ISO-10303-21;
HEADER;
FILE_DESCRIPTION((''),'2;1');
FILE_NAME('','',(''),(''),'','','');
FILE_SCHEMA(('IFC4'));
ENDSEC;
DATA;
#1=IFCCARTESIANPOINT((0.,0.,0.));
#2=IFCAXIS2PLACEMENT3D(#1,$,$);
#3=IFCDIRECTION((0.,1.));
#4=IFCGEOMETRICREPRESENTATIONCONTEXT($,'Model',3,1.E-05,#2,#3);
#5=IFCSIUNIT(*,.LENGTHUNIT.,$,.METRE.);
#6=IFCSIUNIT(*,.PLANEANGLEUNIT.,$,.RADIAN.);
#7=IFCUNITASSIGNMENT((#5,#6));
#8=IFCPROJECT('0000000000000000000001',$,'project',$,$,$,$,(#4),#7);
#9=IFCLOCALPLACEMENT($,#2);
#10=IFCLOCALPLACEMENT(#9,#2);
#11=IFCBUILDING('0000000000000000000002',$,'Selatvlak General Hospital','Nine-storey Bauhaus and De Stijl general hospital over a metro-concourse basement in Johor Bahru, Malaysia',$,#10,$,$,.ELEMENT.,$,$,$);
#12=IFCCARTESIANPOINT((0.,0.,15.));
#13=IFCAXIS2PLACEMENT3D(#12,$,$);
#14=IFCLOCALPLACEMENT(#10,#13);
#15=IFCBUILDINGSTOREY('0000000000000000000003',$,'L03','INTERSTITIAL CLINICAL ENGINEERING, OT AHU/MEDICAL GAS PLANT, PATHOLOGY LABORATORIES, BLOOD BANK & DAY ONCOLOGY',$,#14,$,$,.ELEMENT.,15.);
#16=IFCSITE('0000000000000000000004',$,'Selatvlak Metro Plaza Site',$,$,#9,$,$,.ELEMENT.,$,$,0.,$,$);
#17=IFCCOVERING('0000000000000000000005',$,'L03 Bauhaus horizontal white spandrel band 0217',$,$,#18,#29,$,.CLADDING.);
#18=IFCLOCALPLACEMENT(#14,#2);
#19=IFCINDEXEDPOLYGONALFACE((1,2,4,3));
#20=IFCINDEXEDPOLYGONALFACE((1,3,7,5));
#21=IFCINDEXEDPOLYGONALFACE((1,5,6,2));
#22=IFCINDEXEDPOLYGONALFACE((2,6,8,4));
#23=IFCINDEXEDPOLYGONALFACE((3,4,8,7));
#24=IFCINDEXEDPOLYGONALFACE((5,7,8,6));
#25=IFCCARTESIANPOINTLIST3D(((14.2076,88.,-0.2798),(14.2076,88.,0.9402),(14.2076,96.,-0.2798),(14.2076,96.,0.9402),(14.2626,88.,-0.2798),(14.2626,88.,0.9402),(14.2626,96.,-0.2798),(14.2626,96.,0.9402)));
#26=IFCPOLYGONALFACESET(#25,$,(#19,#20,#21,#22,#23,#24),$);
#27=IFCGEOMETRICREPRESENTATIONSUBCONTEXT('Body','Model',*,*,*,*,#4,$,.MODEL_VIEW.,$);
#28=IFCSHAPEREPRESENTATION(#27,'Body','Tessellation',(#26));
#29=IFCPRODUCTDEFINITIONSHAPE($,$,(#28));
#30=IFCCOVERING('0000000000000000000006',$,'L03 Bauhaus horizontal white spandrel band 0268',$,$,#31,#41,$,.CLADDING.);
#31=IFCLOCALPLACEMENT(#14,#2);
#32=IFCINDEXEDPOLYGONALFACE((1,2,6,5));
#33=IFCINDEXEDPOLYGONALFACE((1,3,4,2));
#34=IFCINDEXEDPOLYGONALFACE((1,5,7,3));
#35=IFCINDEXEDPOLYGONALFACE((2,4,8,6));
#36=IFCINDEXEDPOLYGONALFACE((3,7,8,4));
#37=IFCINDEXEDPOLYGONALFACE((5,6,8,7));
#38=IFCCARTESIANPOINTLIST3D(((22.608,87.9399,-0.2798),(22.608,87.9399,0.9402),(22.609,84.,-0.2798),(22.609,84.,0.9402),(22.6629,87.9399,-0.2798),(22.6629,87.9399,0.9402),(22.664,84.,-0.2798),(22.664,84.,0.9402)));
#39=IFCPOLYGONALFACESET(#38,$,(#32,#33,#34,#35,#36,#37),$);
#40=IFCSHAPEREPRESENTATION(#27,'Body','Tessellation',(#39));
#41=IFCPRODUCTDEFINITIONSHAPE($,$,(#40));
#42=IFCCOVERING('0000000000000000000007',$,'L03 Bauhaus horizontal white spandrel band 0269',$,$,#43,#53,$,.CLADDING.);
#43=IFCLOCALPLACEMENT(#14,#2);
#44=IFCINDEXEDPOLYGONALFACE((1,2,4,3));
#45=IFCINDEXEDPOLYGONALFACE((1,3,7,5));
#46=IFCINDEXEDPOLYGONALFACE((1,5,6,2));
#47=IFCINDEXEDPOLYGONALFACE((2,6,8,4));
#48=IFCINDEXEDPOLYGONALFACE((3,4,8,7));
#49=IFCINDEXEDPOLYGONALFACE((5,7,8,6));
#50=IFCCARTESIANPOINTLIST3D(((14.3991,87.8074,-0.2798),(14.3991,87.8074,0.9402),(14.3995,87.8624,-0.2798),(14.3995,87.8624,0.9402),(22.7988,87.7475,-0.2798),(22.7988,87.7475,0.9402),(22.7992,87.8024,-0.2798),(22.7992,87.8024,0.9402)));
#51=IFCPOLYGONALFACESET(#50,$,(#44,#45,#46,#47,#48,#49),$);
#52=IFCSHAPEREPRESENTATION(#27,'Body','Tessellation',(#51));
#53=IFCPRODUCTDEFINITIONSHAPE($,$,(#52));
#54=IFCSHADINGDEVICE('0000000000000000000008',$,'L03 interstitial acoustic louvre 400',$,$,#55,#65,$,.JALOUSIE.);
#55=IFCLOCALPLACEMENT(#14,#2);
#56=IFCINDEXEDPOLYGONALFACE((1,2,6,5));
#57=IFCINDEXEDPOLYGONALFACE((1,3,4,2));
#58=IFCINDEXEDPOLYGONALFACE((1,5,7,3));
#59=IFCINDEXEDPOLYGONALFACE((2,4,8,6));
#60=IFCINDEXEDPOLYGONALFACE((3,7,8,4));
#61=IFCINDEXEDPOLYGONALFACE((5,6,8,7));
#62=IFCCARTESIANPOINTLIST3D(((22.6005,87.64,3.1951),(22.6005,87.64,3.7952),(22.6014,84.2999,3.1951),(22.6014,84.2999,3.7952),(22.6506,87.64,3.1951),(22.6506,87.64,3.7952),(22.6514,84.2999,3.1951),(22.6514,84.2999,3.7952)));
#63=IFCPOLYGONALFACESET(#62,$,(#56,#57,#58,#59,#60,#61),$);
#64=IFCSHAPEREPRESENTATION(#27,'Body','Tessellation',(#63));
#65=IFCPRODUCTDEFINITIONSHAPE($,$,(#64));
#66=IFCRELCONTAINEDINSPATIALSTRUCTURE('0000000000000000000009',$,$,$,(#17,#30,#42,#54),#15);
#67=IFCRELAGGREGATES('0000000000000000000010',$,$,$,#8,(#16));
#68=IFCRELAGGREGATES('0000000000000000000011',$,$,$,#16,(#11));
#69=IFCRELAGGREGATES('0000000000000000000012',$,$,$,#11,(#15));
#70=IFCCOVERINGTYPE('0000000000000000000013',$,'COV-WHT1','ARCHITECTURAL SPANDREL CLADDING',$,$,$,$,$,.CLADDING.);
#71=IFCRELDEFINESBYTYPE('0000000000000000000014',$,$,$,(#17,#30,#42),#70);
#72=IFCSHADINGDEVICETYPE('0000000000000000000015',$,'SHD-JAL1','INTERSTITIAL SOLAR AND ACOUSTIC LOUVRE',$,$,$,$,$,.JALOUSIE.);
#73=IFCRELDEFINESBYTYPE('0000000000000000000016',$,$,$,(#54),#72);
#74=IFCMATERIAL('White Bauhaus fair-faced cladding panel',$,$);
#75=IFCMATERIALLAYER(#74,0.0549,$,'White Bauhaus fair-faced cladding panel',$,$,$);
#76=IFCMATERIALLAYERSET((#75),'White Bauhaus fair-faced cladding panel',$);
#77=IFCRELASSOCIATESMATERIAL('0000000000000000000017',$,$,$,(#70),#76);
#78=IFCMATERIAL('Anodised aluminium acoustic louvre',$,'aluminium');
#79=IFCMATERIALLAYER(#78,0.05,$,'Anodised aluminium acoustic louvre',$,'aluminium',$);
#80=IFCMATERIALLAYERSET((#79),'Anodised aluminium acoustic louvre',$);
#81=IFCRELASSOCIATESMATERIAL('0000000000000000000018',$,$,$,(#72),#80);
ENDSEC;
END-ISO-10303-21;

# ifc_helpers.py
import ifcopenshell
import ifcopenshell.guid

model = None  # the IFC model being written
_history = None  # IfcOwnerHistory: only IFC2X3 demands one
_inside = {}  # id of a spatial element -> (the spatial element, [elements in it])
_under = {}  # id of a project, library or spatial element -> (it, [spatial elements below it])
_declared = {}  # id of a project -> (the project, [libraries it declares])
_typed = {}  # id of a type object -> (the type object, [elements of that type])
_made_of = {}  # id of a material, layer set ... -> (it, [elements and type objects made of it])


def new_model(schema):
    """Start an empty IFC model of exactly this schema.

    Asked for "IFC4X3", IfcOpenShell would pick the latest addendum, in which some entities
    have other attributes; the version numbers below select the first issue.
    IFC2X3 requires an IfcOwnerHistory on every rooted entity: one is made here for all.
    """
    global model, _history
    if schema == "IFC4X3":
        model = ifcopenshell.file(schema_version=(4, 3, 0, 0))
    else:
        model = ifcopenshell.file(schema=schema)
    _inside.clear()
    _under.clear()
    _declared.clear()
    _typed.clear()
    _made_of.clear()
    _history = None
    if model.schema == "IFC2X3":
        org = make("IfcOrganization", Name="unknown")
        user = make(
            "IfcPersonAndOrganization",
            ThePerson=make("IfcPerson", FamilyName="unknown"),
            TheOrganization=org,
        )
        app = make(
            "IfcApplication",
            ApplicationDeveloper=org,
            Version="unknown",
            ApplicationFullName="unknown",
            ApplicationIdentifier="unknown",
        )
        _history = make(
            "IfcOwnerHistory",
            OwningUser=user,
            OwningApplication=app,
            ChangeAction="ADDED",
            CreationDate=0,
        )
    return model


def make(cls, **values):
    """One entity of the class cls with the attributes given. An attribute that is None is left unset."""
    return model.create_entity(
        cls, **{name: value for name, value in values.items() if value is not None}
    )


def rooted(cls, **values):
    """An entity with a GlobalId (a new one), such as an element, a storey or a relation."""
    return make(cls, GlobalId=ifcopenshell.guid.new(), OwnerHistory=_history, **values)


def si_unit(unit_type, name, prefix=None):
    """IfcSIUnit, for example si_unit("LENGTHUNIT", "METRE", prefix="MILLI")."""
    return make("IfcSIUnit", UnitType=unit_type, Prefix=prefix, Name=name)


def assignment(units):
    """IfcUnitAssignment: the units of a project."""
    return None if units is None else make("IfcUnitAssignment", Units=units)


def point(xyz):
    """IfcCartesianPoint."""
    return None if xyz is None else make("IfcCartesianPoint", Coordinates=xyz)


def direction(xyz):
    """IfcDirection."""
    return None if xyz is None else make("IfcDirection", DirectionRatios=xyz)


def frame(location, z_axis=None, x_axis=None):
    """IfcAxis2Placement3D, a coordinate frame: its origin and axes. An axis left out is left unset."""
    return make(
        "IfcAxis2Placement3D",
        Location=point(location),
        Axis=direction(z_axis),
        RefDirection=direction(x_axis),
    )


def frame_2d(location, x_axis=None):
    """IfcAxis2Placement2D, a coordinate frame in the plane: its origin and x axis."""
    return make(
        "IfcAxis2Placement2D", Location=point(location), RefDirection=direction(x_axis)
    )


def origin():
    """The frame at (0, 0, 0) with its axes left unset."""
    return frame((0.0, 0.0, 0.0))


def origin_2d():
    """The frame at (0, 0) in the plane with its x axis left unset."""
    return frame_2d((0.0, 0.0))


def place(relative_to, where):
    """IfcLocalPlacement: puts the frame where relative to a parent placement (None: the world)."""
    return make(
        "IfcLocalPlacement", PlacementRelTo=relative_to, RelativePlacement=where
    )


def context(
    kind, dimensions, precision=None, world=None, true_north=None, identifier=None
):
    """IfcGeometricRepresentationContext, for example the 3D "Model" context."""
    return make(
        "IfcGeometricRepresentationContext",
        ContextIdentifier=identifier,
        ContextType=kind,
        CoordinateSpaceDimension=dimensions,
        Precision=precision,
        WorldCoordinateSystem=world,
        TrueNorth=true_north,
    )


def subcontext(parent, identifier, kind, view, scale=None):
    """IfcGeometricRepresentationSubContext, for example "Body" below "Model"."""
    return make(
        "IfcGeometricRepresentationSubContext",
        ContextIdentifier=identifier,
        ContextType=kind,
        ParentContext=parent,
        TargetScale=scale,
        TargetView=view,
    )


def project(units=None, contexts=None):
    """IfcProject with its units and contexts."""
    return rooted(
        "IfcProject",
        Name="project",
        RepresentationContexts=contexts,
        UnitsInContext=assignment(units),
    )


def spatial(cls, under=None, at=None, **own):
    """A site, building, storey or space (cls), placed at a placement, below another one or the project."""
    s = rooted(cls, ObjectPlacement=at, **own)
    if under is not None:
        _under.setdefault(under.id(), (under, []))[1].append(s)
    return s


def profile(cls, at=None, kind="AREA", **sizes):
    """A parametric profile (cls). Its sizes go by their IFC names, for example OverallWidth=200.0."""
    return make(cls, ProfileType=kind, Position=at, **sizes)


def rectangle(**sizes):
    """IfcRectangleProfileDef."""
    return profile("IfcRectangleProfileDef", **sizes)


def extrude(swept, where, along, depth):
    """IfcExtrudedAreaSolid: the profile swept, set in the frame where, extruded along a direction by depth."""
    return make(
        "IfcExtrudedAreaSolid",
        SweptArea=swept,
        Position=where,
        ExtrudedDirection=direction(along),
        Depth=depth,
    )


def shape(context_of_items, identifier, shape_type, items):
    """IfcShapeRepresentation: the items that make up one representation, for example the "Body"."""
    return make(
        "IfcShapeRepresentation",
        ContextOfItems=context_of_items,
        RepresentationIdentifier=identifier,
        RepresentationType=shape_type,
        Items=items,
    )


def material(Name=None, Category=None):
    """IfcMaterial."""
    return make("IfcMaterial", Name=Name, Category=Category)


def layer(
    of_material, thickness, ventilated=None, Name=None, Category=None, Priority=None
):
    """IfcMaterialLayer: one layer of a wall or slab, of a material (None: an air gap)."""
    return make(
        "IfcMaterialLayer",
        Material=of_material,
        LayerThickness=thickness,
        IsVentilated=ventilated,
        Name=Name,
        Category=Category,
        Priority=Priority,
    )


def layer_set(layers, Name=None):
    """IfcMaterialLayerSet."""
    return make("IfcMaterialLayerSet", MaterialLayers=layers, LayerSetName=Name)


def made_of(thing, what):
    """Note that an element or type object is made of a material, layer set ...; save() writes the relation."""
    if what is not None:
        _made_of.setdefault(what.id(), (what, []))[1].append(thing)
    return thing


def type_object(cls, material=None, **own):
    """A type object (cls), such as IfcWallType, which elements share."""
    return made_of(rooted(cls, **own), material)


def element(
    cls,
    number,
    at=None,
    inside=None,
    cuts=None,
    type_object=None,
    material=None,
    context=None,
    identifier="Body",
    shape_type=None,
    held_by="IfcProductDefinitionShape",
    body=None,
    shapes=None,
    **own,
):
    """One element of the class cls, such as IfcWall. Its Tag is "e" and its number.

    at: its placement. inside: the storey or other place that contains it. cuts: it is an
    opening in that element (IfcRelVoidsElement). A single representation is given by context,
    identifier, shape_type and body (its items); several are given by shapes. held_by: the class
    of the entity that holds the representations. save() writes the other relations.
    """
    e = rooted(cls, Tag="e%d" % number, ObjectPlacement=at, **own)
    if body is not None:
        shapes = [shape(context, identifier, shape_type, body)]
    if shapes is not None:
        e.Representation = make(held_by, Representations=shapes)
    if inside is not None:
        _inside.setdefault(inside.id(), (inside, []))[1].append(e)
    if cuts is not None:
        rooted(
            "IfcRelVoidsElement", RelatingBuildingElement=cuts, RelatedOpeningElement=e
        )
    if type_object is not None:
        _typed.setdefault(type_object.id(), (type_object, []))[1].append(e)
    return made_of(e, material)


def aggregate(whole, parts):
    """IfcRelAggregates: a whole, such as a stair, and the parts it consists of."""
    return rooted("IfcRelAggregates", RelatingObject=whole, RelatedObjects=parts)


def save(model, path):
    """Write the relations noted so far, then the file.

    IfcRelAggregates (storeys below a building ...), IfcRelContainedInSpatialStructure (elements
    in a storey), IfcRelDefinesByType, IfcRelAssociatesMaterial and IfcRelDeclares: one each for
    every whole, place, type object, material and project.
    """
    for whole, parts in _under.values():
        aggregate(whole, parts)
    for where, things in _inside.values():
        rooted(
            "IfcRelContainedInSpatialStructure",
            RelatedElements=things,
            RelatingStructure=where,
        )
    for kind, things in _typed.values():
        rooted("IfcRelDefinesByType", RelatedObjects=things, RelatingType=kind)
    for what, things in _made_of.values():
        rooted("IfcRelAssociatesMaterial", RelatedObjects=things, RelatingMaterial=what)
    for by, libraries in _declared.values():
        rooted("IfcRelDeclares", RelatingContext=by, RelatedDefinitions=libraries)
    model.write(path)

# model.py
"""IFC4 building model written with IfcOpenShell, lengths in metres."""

from ifc_helpers import new_model, si_unit, direction, frame, origin, origin_2d, place, context, subcontext, project, spatial, rectangle, extrude, material, layer, layer_set, type_object, element, save


model = new_model("IFC4")

# Units and contexts
model_context = context("Model", 3, precision=1e-05, world=origin(), true_north=direction((0.0, 1.0)))
body_context = subcontext(model_context, "Body", "Model", "MODEL_VIEW")
ifc_project = project(units=[si_unit("LENGTHUNIT", "METRE"), si_unit("PLANEANGLEUNIT", "RADIAN")], contexts=[model_context])

# Site, building, storey
site_placement = place(None, origin())
site = spatial("IfcSite", under=ifc_project, at=site_placement, Name="Selatvlak Metro Plaza Site", CompositionType="ELEMENT", RefElevation=0.0)
building_placement = place(site_placement, origin())
building = spatial("IfcBuilding", under=site, at=building_placement, Name="Selatvlak General Hospital", Description="Nine-storey Bauhaus and De Stijl general hospital over a metro-concourse basement in Johor Bahru, Malaysia", CompositionType="ELEMENT")
storey_placement = place(building_placement, frame((0.0, 0.0, 15.0)))
storey = spatial("IfcBuildingStorey", under=building, at=storey_placement, Name="L03", Description="INTERSTITIAL CLINICAL ENGINEERING, OT AHU/MEDICAL GAS PLANT, PATHOLOGY LABORATORIES, BLOOD BANK & DAY ONCOLOGY", CompositionType="ELEMENT", Elevation=15.0)

# Coverings
ifc_material_1 = material(Name="White Bauhaus fair-faced cladding panel")
ifc_layer_1 = layer(ifc_material_1, 0.0549, Name="White Bauhaus fair-faced cladding panel")
ifc_layer_set_1 = layer_set([ifc_layer_1], Name="White Bauhaus fair-faced cladding panel")
covering_type = type_object("IfcCoveringType", Name="COV-WHT1", Description="ARCHITECTURAL SPANDREL CLADDING", PredefinedType="CLADDING", material=ifc_layer_set_1)
covering_1_placement = place(storey_placement, frame((14.2351, 92.0, -0.2798), z_axis=(0.0, 0.0, 1.0), x_axis=(0.0, 1.0, 0.0)))
element("IfcCovering", 1, at=covering_1_placement, inside=storey, type_object=covering_type, Name="L03 Bauhaus horizontal white spandrel band 0217", PredefinedType="CLADDING", context=body_context, shape_type="SweptSolid", body=[
    extrude(rectangle(XDim=8.0, YDim=0.0549, at=origin_2d()), origin(), (0.0, 0.0, 1.0), 1.22),
])
covering_2_placement = place(storey_placement, frame((22.636, 85.97, -0.2798), z_axis=(0.0, 0.0, 1.0), x_axis=(-0.000262, 1.0, 0.0)))
element("IfcCovering", 2, at=covering_2_placement, inside=storey, type_object=covering_type, Name="L03 Bauhaus horizontal white spandrel band 0268", PredefinedType="CLADDING", context=body_context, shape_type="SweptSolid", body=[
    extrude(rectangle(XDim=3.9399, YDim=0.0549, at=origin_2d()), origin(), (0.0, 0.0, 1.0), 1.22),
])
covering_3_placement = place(storey_placement, frame((18.5991, 87.8049, -0.2798), z_axis=(0.0, 0.0, 1.0), x_axis=(-0.999975, 0.007138, 0.0)))
element("IfcCovering", 3, at=covering_3_placement, inside=storey, type_object=covering_type, Name="L03 Bauhaus horizontal white spandrel band 0269", PredefinedType="CLADDING", context=body_context, shape_type="SweptSolid", body=[
    extrude(rectangle(XDim=8.3999, YDim=0.0549, at=origin_2d()), origin(), (0.0, 0.0, 1.0), 1.22),
])

# Shading device
ifc_material_2 = material(Name="Anodised aluminium acoustic louvre", Category="aluminium")
ifc_layer_2 = layer(ifc_material_2, 0.05, Name="Anodised aluminium acoustic louvre", Category="aluminium")
ifc_layer_set_2 = layer_set([ifc_layer_2], Name="Anodised aluminium acoustic louvre")
shading_device_type = type_object("IfcShadingDeviceType", Name="SHD-JAL1", Description="INTERSTITIAL SOLAR AND ACOUSTIC LOUVRE", PredefinedType="JALOUSIE", material=ifc_layer_set_2)
shading_device_placement = place(storey_placement, frame((22.626, 85.97, 3.1951), z_axis=(0.0, 0.0, 1.0), x_axis=(-0.000262, 1.0, 0.0)))
element("IfcShadingDevice", 4, at=shading_device_placement, inside=storey, type_object=shading_device_type, Name="L03 interstitial acoustic louvre 400", PredefinedType="JALOUSIE", context=body_context, shape_type="SweptSolid", body=[
    extrude(rectangle(XDim=3.3401, YDim=0.05, at=origin_2d()), origin(), (0.0, 0.0, 1.0), 0.6001),
])

save(model, "model.ifc")
